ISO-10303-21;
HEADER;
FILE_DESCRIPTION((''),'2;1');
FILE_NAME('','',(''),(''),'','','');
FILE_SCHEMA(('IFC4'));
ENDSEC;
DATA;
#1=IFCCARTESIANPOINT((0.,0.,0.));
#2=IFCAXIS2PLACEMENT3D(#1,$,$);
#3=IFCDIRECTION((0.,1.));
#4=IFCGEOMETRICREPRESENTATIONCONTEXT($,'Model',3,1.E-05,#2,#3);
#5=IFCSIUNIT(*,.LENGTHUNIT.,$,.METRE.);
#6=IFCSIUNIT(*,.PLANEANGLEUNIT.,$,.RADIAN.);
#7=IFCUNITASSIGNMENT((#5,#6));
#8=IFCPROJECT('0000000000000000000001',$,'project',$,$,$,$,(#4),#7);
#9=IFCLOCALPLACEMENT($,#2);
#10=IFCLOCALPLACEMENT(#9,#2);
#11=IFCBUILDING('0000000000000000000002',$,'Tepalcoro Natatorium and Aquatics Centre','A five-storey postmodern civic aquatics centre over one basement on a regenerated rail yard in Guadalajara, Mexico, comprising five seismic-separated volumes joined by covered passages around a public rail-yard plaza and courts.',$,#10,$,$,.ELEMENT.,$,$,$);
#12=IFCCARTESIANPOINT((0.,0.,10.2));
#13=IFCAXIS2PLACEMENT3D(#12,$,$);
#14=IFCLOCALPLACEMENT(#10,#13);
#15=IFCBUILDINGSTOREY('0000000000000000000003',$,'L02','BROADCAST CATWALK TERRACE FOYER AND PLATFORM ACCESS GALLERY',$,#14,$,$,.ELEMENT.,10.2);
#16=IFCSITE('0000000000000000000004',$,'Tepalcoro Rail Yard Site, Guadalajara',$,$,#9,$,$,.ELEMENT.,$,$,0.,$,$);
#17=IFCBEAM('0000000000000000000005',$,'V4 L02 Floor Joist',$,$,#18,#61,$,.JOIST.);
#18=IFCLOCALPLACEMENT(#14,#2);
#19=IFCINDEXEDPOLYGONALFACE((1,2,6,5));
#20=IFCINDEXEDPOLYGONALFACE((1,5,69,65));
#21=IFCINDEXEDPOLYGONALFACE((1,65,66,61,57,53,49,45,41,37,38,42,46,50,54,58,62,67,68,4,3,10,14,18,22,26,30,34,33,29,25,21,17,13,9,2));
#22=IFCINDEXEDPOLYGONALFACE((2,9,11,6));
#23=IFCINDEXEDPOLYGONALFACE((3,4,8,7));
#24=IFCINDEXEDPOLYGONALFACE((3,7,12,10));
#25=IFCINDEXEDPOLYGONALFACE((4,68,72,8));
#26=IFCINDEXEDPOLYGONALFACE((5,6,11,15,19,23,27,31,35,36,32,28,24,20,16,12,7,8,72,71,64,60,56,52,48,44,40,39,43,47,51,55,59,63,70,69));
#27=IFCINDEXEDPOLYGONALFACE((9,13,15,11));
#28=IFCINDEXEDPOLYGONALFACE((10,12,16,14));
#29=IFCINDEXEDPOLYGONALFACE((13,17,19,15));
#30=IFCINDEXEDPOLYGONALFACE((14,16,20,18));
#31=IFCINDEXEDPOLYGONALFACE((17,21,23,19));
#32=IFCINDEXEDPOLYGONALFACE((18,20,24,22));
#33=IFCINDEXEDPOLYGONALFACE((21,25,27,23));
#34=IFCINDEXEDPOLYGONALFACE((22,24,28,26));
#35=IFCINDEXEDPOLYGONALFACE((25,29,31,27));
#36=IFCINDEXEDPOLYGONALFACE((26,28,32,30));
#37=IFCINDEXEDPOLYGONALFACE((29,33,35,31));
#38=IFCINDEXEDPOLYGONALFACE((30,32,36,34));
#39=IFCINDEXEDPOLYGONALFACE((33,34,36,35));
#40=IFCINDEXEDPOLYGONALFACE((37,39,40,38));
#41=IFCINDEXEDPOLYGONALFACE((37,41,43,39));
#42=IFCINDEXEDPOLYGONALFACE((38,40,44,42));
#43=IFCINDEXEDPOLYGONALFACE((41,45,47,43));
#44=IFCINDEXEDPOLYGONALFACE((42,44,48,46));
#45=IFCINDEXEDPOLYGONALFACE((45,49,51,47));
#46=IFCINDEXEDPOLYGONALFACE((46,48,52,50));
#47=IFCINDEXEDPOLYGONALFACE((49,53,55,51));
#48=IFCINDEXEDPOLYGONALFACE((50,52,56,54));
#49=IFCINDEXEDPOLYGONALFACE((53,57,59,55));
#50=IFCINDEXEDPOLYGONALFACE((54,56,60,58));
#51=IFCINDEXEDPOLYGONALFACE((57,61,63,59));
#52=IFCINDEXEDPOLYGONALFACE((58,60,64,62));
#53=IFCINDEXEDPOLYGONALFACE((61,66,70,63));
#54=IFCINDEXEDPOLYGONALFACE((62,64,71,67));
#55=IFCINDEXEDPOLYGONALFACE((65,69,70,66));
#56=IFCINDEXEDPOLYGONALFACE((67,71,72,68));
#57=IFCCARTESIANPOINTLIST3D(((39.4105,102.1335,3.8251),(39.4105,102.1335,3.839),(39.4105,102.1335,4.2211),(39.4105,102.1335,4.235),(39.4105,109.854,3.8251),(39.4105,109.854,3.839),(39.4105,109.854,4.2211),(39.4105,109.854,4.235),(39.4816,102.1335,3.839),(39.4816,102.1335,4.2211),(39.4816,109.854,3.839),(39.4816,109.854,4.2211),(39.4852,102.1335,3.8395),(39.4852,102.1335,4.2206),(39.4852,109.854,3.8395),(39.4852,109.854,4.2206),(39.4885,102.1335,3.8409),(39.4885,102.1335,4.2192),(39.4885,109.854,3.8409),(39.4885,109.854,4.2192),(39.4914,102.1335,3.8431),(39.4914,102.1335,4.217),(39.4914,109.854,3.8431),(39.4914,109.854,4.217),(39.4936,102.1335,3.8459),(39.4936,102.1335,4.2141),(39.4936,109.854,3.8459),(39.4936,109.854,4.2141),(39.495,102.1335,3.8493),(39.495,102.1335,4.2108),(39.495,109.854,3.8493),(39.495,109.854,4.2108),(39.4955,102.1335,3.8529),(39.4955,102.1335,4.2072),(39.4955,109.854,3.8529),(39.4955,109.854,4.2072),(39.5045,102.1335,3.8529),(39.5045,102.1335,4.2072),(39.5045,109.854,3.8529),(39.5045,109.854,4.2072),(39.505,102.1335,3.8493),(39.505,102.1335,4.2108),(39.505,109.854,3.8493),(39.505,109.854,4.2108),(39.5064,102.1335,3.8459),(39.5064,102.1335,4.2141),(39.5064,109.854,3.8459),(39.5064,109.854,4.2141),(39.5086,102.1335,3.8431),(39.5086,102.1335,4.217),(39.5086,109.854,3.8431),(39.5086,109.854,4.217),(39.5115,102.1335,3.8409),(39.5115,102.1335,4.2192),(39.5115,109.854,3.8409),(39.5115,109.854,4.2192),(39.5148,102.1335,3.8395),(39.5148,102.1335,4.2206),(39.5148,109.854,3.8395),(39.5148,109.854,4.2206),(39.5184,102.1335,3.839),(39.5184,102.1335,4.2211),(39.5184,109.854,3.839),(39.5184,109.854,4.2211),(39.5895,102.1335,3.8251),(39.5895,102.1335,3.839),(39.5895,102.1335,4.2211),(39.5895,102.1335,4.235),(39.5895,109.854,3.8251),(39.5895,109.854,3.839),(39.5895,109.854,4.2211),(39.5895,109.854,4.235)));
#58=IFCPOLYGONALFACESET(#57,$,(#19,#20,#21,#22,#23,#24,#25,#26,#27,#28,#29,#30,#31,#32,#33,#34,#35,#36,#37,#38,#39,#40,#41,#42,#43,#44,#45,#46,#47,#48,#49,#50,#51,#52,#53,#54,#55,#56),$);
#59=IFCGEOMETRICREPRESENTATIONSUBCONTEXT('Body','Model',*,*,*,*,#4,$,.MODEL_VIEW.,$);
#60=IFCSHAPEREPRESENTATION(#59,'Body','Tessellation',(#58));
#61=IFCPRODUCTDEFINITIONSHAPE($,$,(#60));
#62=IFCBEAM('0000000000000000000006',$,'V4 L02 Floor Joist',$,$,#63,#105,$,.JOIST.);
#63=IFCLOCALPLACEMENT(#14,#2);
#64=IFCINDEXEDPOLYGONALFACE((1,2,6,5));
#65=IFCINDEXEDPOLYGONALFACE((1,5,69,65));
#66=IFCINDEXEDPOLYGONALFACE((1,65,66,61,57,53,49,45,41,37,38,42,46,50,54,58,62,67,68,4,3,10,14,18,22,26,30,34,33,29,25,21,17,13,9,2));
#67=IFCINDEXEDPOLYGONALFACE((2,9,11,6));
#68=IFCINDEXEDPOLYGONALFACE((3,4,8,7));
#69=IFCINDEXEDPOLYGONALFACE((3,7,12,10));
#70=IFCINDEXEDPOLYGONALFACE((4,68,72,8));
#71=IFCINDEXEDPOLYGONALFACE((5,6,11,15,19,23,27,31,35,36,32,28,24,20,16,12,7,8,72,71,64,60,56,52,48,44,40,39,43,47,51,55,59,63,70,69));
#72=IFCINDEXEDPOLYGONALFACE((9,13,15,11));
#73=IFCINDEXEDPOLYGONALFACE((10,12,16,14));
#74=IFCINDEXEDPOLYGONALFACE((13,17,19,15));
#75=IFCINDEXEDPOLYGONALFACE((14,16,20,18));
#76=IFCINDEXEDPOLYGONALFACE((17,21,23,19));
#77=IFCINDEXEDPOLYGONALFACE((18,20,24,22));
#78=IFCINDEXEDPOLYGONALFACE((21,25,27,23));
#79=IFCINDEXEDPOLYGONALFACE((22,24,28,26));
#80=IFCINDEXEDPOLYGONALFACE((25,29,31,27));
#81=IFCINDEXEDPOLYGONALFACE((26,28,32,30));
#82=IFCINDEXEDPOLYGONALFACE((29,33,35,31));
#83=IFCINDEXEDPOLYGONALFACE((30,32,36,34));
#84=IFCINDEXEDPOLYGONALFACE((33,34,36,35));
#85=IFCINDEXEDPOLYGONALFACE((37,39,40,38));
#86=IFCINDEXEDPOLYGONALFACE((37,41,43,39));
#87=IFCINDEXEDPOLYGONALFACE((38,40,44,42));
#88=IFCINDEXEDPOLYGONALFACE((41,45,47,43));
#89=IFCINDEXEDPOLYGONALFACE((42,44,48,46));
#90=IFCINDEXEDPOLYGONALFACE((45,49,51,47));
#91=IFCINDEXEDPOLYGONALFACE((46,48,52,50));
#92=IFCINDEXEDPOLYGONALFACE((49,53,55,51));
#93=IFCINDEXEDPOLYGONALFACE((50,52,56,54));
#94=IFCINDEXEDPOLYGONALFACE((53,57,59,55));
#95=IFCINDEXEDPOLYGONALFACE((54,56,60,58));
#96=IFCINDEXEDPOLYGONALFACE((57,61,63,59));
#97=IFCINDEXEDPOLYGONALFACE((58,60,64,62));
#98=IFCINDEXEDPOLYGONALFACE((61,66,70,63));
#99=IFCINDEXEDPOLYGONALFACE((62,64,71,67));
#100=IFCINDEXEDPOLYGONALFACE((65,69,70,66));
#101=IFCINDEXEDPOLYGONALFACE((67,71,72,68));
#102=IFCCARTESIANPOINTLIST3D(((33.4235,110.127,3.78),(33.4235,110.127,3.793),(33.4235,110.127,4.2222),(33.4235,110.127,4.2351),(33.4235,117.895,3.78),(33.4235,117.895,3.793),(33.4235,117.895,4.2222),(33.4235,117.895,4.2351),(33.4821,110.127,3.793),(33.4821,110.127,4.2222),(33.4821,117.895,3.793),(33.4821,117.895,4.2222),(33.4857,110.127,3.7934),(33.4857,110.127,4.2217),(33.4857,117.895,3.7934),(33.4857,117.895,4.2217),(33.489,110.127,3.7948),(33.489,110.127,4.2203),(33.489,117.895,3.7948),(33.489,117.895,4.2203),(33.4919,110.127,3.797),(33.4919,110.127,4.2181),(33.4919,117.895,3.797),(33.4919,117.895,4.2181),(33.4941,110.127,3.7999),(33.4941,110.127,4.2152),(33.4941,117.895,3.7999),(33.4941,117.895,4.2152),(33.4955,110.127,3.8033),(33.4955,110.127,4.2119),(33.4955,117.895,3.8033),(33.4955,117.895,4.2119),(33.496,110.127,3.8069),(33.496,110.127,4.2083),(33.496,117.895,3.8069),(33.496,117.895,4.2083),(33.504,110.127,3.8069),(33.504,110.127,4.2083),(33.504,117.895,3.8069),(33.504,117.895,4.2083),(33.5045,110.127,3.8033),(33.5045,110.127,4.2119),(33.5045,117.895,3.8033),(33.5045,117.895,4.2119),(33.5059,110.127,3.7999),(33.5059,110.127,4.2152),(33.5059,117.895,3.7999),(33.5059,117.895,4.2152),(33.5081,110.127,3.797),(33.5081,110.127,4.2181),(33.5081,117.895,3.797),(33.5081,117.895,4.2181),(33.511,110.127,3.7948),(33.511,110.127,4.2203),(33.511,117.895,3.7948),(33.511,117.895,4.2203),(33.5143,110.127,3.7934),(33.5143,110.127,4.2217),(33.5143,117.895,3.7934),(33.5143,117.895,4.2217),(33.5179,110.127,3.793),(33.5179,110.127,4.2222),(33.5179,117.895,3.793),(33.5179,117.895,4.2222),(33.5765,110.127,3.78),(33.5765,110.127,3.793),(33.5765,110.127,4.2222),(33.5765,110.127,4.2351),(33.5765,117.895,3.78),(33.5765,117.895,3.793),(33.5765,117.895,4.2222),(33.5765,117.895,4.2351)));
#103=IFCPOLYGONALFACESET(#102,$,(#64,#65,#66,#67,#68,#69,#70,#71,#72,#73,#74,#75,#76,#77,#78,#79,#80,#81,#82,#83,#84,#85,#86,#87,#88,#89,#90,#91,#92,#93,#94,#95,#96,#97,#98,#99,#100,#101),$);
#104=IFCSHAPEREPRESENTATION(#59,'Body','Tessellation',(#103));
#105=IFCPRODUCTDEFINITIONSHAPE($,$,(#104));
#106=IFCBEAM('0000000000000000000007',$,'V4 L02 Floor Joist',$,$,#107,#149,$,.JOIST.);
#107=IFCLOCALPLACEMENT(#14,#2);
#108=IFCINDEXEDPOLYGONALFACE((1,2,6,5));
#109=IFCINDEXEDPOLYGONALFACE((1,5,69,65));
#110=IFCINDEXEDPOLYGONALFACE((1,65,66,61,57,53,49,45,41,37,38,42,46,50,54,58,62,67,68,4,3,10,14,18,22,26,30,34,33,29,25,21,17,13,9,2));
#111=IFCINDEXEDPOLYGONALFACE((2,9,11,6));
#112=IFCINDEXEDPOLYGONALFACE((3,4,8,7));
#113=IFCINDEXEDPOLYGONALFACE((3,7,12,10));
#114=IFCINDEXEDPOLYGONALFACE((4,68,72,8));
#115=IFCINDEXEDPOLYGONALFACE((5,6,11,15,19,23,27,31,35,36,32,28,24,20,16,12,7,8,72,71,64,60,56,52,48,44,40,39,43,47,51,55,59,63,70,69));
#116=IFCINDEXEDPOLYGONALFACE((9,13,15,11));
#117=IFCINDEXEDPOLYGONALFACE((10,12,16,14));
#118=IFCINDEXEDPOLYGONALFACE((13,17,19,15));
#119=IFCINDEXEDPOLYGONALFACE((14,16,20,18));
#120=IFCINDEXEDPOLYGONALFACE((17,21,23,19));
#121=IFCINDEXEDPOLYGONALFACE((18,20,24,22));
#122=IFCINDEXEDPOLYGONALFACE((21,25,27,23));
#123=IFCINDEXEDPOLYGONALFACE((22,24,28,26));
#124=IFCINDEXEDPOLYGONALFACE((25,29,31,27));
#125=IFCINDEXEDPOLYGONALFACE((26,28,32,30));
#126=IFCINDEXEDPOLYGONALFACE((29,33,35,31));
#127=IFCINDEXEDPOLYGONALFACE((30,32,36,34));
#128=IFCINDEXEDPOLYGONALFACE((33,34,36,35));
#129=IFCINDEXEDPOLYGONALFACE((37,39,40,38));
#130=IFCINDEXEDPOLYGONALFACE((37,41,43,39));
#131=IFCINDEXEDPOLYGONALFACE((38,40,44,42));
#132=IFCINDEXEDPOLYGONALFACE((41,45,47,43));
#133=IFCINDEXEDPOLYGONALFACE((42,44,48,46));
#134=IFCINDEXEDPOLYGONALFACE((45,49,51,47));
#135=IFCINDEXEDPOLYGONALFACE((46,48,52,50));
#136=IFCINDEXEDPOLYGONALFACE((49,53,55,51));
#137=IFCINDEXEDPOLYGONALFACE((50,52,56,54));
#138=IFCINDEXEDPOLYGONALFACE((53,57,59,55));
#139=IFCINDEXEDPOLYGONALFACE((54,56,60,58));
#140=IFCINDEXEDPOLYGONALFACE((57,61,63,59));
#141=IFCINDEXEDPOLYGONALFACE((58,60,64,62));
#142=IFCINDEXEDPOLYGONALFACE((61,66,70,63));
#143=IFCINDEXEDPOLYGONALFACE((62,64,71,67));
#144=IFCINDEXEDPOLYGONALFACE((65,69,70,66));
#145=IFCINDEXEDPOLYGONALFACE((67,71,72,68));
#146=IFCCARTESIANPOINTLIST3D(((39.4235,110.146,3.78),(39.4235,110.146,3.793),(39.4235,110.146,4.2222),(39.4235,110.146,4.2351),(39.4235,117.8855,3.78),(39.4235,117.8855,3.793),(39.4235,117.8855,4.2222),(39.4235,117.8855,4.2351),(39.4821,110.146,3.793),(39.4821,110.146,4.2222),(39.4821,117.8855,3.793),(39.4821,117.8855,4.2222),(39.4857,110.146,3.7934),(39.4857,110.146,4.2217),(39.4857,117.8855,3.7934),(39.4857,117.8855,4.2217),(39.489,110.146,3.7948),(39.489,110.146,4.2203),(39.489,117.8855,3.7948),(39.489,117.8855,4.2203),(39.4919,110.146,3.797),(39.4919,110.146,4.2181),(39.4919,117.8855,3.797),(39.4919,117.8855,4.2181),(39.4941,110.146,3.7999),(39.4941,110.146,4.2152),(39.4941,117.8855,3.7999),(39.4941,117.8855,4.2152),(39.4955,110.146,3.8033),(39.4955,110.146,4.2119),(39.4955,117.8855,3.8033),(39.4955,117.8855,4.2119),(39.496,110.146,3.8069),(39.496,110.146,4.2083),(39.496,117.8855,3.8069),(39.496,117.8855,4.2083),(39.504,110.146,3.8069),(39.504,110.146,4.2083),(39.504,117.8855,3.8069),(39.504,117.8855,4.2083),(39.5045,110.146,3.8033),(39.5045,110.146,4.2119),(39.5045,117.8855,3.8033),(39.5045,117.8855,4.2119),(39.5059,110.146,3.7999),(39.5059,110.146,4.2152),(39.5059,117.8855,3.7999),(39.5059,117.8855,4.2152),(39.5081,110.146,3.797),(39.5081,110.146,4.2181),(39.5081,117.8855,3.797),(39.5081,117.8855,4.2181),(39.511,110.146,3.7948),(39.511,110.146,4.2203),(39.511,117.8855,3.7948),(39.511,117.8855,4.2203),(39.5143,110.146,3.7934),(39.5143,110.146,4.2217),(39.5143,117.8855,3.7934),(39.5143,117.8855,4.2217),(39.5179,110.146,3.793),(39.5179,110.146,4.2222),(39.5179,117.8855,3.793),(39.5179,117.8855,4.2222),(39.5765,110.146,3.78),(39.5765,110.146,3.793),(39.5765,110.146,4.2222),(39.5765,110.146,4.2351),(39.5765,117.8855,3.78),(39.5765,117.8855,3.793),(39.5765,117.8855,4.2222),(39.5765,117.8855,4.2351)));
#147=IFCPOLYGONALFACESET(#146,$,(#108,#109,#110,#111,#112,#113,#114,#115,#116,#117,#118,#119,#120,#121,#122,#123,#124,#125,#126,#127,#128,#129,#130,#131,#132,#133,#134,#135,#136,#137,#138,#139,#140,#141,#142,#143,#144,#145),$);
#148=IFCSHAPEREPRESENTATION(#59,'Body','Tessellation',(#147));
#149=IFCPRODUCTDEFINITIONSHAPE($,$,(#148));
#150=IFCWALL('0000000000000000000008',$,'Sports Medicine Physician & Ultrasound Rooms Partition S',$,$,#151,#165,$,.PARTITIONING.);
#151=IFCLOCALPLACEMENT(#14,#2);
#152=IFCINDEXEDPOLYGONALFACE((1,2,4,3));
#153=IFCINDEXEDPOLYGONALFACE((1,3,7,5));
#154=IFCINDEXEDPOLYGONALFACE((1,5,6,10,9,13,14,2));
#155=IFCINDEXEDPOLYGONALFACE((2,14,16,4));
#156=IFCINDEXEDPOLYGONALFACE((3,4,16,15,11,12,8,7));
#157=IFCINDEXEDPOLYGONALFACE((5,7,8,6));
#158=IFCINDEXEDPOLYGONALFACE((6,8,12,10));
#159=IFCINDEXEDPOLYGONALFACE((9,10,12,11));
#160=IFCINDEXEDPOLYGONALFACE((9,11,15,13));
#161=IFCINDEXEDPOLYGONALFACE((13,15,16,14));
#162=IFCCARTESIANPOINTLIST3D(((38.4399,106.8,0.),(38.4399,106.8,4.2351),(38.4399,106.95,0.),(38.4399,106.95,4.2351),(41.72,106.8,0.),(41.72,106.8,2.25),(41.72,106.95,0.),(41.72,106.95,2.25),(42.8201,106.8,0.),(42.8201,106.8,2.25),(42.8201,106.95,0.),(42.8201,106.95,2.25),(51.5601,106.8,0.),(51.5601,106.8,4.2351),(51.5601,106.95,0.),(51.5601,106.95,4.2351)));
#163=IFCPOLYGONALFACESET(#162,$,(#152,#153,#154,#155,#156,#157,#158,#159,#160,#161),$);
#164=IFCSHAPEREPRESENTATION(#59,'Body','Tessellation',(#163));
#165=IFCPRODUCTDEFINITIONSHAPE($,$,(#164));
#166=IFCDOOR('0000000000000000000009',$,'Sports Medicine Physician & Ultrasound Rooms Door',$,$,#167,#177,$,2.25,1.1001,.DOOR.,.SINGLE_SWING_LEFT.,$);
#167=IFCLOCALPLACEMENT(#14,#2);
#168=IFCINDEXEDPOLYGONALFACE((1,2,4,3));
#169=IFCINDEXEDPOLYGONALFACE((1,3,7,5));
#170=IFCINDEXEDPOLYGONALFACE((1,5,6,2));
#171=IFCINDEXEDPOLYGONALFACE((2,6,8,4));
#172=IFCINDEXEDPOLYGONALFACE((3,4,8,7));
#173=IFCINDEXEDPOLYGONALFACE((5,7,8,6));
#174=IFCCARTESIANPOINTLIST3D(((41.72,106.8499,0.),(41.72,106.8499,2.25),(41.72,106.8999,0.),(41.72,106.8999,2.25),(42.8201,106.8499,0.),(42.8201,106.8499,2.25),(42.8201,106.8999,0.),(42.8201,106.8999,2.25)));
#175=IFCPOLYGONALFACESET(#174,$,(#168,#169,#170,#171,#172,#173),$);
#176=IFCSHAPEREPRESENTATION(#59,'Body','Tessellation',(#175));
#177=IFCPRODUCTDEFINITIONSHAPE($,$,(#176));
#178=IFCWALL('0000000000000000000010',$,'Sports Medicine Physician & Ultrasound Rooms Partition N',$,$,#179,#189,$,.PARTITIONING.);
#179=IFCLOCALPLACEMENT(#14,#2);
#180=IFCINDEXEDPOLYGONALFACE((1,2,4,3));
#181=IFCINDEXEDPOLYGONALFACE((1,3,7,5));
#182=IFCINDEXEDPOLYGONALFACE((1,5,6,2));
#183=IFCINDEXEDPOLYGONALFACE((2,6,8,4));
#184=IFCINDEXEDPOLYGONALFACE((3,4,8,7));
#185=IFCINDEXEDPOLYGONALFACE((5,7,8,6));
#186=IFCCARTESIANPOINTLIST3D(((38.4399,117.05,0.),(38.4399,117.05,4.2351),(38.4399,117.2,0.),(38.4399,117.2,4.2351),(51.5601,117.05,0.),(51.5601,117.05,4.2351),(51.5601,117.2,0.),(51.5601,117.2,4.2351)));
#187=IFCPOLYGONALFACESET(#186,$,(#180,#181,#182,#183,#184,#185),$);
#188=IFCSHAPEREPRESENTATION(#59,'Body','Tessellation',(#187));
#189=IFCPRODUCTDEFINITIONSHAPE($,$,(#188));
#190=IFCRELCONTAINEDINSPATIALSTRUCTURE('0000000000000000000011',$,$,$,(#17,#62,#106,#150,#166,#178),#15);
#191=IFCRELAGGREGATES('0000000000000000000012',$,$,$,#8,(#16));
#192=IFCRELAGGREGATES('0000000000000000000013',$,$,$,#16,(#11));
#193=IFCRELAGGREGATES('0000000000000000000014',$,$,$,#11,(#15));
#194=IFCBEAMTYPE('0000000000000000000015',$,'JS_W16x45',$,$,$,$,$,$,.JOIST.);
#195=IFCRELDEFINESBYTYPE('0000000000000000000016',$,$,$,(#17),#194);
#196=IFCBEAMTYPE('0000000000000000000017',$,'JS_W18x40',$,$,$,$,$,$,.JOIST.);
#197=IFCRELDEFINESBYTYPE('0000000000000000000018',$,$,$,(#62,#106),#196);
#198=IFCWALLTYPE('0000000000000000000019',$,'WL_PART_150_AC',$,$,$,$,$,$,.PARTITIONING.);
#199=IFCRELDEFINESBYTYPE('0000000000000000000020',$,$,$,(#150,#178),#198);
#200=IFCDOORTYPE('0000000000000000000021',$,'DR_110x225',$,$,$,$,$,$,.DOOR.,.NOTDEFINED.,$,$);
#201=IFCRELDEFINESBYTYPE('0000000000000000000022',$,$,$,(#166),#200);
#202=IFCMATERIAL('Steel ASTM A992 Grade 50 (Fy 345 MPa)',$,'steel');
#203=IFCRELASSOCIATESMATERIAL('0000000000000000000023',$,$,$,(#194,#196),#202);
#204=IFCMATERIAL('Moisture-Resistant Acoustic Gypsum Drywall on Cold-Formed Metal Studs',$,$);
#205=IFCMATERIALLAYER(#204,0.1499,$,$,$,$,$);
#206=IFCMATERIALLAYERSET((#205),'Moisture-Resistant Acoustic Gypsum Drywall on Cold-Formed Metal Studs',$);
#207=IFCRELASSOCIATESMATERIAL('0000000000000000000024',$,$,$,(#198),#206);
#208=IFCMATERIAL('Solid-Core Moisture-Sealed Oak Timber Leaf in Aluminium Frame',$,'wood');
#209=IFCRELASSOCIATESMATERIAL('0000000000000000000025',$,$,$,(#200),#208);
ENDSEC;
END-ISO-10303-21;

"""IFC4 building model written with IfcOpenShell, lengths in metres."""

from ifc_helpers import new_model, si_unit, direction, frame, frame_2d, origin, origin_2d, place, context, subcontext, project, spatial, rectangle, i_section, extrude, material, layer, layer_set, material_profile, profile_set, type_object, element, fill, save


model = new_model("IFC4")

# Units and contexts
model_context = context("Model", 3, precision=1e-05, world=origin(), true_north=direction((0.0, 1.0)))
body_context = subcontext(model_context, "Body", "Model", "MODEL_VIEW")
ifc_project = project(units=[si_unit("LENGTHUNIT", "METRE"), si_unit("PLANEANGLEUNIT", "RADIAN")], contexts=[model_context])

# Site, building, storey
site_placement = place(None, origin())
site = spatial("IfcSite", under=ifc_project, at=site_placement, Name="Tepalcoro Rail Yard Site, Guadalajara", CompositionType="ELEMENT", RefElevation=0.0)
building_placement = place(site_placement, origin())
building = spatial("IfcBuilding", under=site, at=building_placement, Name="Tepalcoro Natatorium and Aquatics Centre", Description="A five-storey postmodern civic aquatics centre over one basement on a regenerated rail yard in Guadalajara, Mexico, comprising five seismic-separated volumes joined by covered passages around a public rail-yard plaza and courts.", CompositionType="ELEMENT")
storey_placement = place(building_placement, frame((0.0, 0.0, 10.2)))
storey = spatial("IfcBuildingStorey", under=building, at=storey_placement, Name="L02", Description="BROADCAST CATWALK TERRACE FOYER AND PLATFORM ACCESS GALLERY", CompositionType="ELEMENT", Elevation=10.2)

# Beams
ifc_material_1 = material(Name="Steel ASTM A992 Grade 50 (Fy 345 MPa)", Category="steel")
ifc_material_profile_1 = material_profile(ifc_material_1, i_section(OverallWidth=0.179, OverallDepth=0.4099, WebThickness=0.009, FlangeThickness=0.0139, FilletRadius=0.0139, at=origin_2d()), Name="W16X45")
ifc_profile_set_1 = profile_set([ifc_material_profile_1], Name="Steel ASTM A992 Grade 50 (Fy 345 MPa)")
beam_type_1 = type_object("IfcBeamType", Name="JS_W16x45", PredefinedType="JOIST", material=ifc_profile_set_1)
beam_1_placement = place(storey_placement, frame((39.5, 102.1335, 4.03), z_axis=(0.0, 1.0, 0.0), x_axis=(-1.0, 0.0, 0.0)))
element("IfcBeam", 1, at=beam_1_placement, inside=storey, type_object=beam_type_1, Name="V4 L02 Floor Joist", PredefinedType="JOIST", context=body_context, shape_type="SweptSolid", body=[
    extrude(i_section(OverallWidth=0.179, OverallDepth=0.4099, WebThickness=0.009, FlangeThickness=0.0139, FilletRadius=0.0139, at=origin_2d()), origin(), (0.0, 0.0, 1.0), 7.7205),
])
ifc_material_profile_2 = material_profile(ifc_material_1, i_section(OverallWidth=0.1531, OverallDepth=0.4551, WebThickness=0.0081, FlangeThickness=0.0129, FilletRadius=0.0139, at=origin_2d()), Name="W18X40")
ifc_profile_set_2 = profile_set([ifc_material_profile_2], Name="Steel ASTM A992 Grade 50 (Fy 345 MPa)")
beam_type_2 = type_object("IfcBeamType", Name="JS_W18x40", PredefinedType="JOIST", material=ifc_profile_set_2)
beam_2_placement = place(storey_placement, frame((33.5, 110.127, 4.0076), z_axis=(0.0, 1.0, 0.0), x_axis=(-1.0, 0.0, 0.0)))
element("IfcBeam", 2, at=beam_2_placement, inside=storey, type_object=beam_type_2, Name="V4 L02 Floor Joist", PredefinedType="JOIST", context=body_context, shape_type="SweptSolid", body=[
    extrude(i_section(OverallWidth=0.1531, OverallDepth=0.4551, WebThickness=0.0081, FlangeThickness=0.0129, FilletRadius=0.0139, at=origin_2d()), origin(), (0.0, 0.0, 1.0), 7.7681),
])
beam_3_placement = place(storey_placement, frame((39.5, 110.146, 4.0076), z_axis=(0.0, 1.0, 0.0), x_axis=(-1.0, 0.0, 0.0)))
element("IfcBeam", 3, at=beam_3_placement, inside=storey, type_object=beam_type_2, Name="V4 L02 Floor Joist", PredefinedType="JOIST", context=body_context, shape_type="SweptSolid", body=[
    extrude(i_section(OverallWidth=0.1531, OverallDepth=0.4551, WebThickness=0.0081, FlangeThickness=0.0129, FilletRadius=0.0139, at=origin_2d()), origin(), (0.0, 0.0, 1.0), 7.7395),
])

# Wall, opening, door
ifc_material_2 = material(Name="Moisture-Resistant Acoustic Gypsum Drywall on Cold-Formed Metal Studs")
ifc_layer_1 = layer(ifc_material_2, 0.1499)
ifc_layer_set_1 = layer_set([ifc_layer_1], Name="Moisture-Resistant Acoustic Gypsum Drywall on Cold-Formed Metal Studs")
wall_type_1 = type_object("IfcWallType", Name="WL_PART_150_AC", PredefinedType="PARTITIONING", material=ifc_layer_set_1)
wall_1_placement = place(storey_placement, frame((38.4399, 106.875, 0.0), z_axis=(0.0, 0.0, 1.0), x_axis=(1.0, 0.0, 0.0)))
wall_1 = element("IfcWall", 4, at=wall_1_placement, inside=storey, type_object=wall_type_1, Name="Sports Medicine Physician & Ultrasound Rooms Partition S", PredefinedType="PARTITIONING", context=body_context, shape_type="SweptSolid", body=[
    extrude(rectangle(XDim=13.1201, YDim=0.1499, at=frame_2d((6.5601, 0.0))), origin(), (0.0, 0.0, 1.0), 4.2351),
])
opening_1_placement = place(wall_1_placement, frame((3.28, 0.0, 0.0)))
opening_1 = element("IfcOpeningElement", 5, at=opening_1_placement, cuts=wall_1, PredefinedType="OPENING", context=body_context, shape_type="SweptSolid", body=[
    extrude(rectangle(XDim=1.1001, YDim=2.25, at=frame_2d((0.55, 1.125))), frame((0.0, 0.0869, 0.0), z_axis=(0.0, -1.0, 0.0), x_axis=(1.0, 0.0, 0.0)), (0.0, 0.0, 1.0), 0.1738),
])
ifc_material_3 = material(Name="Solid-Core Moisture-Sealed Oak Timber Leaf in Aluminium Frame", Category="wood")
door_type_1 = type_object("IfcDoorType", Name="DR_110x225", OperationType="NOTDEFINED", PredefinedType="DOOR", material=ifc_material_3)
door_1_placement = place(opening_1_placement, origin())
door_1 = element("IfcDoor", 6, at=door_1_placement, inside=storey, type_object=door_type_1, Name="Sports Medicine Physician & Ultrasound Rooms Door", OperationType="SINGLE_SWING_LEFT", OverallHeight=2.25, OverallWidth=1.1001, PredefinedType="DOOR", context=body_context, shape_type="SweptSolid", body=[
    extrude(rectangle(XDim=1.1001, YDim=2.25, at=frame_2d((0.55, 1.125))), frame((0.0, 0.0249, 0.0), z_axis=(0.0, -1.0, 0.0), x_axis=(1.0, 0.0, 0.0)), (0.0, 0.0, 1.0), 0.05),
])
fill(opening_1, door_1)

# Wall
wall_2_placement = place(storey_placement, frame((38.4399, 117.125, 0.0), z_axis=(0.0, 0.0, 1.0), x_axis=(1.0, 0.0, 0.0)))
element("IfcWall", 7, at=wall_2_placement, inside=storey, type_object=wall_type_1, Name="Sports Medicine Physician & Ultrasound Rooms Partition N", PredefinedType="PARTITIONING", context=body_context, shape_type="SweptSolid", body=[
    extrude(rectangle(XDim=13.1201, YDim=0.1499, at=frame_2d((6.5601, 0.0))), origin(), (0.0, 0.0, 1.0), 4.2351),
])

save(model, "model.ifc")
